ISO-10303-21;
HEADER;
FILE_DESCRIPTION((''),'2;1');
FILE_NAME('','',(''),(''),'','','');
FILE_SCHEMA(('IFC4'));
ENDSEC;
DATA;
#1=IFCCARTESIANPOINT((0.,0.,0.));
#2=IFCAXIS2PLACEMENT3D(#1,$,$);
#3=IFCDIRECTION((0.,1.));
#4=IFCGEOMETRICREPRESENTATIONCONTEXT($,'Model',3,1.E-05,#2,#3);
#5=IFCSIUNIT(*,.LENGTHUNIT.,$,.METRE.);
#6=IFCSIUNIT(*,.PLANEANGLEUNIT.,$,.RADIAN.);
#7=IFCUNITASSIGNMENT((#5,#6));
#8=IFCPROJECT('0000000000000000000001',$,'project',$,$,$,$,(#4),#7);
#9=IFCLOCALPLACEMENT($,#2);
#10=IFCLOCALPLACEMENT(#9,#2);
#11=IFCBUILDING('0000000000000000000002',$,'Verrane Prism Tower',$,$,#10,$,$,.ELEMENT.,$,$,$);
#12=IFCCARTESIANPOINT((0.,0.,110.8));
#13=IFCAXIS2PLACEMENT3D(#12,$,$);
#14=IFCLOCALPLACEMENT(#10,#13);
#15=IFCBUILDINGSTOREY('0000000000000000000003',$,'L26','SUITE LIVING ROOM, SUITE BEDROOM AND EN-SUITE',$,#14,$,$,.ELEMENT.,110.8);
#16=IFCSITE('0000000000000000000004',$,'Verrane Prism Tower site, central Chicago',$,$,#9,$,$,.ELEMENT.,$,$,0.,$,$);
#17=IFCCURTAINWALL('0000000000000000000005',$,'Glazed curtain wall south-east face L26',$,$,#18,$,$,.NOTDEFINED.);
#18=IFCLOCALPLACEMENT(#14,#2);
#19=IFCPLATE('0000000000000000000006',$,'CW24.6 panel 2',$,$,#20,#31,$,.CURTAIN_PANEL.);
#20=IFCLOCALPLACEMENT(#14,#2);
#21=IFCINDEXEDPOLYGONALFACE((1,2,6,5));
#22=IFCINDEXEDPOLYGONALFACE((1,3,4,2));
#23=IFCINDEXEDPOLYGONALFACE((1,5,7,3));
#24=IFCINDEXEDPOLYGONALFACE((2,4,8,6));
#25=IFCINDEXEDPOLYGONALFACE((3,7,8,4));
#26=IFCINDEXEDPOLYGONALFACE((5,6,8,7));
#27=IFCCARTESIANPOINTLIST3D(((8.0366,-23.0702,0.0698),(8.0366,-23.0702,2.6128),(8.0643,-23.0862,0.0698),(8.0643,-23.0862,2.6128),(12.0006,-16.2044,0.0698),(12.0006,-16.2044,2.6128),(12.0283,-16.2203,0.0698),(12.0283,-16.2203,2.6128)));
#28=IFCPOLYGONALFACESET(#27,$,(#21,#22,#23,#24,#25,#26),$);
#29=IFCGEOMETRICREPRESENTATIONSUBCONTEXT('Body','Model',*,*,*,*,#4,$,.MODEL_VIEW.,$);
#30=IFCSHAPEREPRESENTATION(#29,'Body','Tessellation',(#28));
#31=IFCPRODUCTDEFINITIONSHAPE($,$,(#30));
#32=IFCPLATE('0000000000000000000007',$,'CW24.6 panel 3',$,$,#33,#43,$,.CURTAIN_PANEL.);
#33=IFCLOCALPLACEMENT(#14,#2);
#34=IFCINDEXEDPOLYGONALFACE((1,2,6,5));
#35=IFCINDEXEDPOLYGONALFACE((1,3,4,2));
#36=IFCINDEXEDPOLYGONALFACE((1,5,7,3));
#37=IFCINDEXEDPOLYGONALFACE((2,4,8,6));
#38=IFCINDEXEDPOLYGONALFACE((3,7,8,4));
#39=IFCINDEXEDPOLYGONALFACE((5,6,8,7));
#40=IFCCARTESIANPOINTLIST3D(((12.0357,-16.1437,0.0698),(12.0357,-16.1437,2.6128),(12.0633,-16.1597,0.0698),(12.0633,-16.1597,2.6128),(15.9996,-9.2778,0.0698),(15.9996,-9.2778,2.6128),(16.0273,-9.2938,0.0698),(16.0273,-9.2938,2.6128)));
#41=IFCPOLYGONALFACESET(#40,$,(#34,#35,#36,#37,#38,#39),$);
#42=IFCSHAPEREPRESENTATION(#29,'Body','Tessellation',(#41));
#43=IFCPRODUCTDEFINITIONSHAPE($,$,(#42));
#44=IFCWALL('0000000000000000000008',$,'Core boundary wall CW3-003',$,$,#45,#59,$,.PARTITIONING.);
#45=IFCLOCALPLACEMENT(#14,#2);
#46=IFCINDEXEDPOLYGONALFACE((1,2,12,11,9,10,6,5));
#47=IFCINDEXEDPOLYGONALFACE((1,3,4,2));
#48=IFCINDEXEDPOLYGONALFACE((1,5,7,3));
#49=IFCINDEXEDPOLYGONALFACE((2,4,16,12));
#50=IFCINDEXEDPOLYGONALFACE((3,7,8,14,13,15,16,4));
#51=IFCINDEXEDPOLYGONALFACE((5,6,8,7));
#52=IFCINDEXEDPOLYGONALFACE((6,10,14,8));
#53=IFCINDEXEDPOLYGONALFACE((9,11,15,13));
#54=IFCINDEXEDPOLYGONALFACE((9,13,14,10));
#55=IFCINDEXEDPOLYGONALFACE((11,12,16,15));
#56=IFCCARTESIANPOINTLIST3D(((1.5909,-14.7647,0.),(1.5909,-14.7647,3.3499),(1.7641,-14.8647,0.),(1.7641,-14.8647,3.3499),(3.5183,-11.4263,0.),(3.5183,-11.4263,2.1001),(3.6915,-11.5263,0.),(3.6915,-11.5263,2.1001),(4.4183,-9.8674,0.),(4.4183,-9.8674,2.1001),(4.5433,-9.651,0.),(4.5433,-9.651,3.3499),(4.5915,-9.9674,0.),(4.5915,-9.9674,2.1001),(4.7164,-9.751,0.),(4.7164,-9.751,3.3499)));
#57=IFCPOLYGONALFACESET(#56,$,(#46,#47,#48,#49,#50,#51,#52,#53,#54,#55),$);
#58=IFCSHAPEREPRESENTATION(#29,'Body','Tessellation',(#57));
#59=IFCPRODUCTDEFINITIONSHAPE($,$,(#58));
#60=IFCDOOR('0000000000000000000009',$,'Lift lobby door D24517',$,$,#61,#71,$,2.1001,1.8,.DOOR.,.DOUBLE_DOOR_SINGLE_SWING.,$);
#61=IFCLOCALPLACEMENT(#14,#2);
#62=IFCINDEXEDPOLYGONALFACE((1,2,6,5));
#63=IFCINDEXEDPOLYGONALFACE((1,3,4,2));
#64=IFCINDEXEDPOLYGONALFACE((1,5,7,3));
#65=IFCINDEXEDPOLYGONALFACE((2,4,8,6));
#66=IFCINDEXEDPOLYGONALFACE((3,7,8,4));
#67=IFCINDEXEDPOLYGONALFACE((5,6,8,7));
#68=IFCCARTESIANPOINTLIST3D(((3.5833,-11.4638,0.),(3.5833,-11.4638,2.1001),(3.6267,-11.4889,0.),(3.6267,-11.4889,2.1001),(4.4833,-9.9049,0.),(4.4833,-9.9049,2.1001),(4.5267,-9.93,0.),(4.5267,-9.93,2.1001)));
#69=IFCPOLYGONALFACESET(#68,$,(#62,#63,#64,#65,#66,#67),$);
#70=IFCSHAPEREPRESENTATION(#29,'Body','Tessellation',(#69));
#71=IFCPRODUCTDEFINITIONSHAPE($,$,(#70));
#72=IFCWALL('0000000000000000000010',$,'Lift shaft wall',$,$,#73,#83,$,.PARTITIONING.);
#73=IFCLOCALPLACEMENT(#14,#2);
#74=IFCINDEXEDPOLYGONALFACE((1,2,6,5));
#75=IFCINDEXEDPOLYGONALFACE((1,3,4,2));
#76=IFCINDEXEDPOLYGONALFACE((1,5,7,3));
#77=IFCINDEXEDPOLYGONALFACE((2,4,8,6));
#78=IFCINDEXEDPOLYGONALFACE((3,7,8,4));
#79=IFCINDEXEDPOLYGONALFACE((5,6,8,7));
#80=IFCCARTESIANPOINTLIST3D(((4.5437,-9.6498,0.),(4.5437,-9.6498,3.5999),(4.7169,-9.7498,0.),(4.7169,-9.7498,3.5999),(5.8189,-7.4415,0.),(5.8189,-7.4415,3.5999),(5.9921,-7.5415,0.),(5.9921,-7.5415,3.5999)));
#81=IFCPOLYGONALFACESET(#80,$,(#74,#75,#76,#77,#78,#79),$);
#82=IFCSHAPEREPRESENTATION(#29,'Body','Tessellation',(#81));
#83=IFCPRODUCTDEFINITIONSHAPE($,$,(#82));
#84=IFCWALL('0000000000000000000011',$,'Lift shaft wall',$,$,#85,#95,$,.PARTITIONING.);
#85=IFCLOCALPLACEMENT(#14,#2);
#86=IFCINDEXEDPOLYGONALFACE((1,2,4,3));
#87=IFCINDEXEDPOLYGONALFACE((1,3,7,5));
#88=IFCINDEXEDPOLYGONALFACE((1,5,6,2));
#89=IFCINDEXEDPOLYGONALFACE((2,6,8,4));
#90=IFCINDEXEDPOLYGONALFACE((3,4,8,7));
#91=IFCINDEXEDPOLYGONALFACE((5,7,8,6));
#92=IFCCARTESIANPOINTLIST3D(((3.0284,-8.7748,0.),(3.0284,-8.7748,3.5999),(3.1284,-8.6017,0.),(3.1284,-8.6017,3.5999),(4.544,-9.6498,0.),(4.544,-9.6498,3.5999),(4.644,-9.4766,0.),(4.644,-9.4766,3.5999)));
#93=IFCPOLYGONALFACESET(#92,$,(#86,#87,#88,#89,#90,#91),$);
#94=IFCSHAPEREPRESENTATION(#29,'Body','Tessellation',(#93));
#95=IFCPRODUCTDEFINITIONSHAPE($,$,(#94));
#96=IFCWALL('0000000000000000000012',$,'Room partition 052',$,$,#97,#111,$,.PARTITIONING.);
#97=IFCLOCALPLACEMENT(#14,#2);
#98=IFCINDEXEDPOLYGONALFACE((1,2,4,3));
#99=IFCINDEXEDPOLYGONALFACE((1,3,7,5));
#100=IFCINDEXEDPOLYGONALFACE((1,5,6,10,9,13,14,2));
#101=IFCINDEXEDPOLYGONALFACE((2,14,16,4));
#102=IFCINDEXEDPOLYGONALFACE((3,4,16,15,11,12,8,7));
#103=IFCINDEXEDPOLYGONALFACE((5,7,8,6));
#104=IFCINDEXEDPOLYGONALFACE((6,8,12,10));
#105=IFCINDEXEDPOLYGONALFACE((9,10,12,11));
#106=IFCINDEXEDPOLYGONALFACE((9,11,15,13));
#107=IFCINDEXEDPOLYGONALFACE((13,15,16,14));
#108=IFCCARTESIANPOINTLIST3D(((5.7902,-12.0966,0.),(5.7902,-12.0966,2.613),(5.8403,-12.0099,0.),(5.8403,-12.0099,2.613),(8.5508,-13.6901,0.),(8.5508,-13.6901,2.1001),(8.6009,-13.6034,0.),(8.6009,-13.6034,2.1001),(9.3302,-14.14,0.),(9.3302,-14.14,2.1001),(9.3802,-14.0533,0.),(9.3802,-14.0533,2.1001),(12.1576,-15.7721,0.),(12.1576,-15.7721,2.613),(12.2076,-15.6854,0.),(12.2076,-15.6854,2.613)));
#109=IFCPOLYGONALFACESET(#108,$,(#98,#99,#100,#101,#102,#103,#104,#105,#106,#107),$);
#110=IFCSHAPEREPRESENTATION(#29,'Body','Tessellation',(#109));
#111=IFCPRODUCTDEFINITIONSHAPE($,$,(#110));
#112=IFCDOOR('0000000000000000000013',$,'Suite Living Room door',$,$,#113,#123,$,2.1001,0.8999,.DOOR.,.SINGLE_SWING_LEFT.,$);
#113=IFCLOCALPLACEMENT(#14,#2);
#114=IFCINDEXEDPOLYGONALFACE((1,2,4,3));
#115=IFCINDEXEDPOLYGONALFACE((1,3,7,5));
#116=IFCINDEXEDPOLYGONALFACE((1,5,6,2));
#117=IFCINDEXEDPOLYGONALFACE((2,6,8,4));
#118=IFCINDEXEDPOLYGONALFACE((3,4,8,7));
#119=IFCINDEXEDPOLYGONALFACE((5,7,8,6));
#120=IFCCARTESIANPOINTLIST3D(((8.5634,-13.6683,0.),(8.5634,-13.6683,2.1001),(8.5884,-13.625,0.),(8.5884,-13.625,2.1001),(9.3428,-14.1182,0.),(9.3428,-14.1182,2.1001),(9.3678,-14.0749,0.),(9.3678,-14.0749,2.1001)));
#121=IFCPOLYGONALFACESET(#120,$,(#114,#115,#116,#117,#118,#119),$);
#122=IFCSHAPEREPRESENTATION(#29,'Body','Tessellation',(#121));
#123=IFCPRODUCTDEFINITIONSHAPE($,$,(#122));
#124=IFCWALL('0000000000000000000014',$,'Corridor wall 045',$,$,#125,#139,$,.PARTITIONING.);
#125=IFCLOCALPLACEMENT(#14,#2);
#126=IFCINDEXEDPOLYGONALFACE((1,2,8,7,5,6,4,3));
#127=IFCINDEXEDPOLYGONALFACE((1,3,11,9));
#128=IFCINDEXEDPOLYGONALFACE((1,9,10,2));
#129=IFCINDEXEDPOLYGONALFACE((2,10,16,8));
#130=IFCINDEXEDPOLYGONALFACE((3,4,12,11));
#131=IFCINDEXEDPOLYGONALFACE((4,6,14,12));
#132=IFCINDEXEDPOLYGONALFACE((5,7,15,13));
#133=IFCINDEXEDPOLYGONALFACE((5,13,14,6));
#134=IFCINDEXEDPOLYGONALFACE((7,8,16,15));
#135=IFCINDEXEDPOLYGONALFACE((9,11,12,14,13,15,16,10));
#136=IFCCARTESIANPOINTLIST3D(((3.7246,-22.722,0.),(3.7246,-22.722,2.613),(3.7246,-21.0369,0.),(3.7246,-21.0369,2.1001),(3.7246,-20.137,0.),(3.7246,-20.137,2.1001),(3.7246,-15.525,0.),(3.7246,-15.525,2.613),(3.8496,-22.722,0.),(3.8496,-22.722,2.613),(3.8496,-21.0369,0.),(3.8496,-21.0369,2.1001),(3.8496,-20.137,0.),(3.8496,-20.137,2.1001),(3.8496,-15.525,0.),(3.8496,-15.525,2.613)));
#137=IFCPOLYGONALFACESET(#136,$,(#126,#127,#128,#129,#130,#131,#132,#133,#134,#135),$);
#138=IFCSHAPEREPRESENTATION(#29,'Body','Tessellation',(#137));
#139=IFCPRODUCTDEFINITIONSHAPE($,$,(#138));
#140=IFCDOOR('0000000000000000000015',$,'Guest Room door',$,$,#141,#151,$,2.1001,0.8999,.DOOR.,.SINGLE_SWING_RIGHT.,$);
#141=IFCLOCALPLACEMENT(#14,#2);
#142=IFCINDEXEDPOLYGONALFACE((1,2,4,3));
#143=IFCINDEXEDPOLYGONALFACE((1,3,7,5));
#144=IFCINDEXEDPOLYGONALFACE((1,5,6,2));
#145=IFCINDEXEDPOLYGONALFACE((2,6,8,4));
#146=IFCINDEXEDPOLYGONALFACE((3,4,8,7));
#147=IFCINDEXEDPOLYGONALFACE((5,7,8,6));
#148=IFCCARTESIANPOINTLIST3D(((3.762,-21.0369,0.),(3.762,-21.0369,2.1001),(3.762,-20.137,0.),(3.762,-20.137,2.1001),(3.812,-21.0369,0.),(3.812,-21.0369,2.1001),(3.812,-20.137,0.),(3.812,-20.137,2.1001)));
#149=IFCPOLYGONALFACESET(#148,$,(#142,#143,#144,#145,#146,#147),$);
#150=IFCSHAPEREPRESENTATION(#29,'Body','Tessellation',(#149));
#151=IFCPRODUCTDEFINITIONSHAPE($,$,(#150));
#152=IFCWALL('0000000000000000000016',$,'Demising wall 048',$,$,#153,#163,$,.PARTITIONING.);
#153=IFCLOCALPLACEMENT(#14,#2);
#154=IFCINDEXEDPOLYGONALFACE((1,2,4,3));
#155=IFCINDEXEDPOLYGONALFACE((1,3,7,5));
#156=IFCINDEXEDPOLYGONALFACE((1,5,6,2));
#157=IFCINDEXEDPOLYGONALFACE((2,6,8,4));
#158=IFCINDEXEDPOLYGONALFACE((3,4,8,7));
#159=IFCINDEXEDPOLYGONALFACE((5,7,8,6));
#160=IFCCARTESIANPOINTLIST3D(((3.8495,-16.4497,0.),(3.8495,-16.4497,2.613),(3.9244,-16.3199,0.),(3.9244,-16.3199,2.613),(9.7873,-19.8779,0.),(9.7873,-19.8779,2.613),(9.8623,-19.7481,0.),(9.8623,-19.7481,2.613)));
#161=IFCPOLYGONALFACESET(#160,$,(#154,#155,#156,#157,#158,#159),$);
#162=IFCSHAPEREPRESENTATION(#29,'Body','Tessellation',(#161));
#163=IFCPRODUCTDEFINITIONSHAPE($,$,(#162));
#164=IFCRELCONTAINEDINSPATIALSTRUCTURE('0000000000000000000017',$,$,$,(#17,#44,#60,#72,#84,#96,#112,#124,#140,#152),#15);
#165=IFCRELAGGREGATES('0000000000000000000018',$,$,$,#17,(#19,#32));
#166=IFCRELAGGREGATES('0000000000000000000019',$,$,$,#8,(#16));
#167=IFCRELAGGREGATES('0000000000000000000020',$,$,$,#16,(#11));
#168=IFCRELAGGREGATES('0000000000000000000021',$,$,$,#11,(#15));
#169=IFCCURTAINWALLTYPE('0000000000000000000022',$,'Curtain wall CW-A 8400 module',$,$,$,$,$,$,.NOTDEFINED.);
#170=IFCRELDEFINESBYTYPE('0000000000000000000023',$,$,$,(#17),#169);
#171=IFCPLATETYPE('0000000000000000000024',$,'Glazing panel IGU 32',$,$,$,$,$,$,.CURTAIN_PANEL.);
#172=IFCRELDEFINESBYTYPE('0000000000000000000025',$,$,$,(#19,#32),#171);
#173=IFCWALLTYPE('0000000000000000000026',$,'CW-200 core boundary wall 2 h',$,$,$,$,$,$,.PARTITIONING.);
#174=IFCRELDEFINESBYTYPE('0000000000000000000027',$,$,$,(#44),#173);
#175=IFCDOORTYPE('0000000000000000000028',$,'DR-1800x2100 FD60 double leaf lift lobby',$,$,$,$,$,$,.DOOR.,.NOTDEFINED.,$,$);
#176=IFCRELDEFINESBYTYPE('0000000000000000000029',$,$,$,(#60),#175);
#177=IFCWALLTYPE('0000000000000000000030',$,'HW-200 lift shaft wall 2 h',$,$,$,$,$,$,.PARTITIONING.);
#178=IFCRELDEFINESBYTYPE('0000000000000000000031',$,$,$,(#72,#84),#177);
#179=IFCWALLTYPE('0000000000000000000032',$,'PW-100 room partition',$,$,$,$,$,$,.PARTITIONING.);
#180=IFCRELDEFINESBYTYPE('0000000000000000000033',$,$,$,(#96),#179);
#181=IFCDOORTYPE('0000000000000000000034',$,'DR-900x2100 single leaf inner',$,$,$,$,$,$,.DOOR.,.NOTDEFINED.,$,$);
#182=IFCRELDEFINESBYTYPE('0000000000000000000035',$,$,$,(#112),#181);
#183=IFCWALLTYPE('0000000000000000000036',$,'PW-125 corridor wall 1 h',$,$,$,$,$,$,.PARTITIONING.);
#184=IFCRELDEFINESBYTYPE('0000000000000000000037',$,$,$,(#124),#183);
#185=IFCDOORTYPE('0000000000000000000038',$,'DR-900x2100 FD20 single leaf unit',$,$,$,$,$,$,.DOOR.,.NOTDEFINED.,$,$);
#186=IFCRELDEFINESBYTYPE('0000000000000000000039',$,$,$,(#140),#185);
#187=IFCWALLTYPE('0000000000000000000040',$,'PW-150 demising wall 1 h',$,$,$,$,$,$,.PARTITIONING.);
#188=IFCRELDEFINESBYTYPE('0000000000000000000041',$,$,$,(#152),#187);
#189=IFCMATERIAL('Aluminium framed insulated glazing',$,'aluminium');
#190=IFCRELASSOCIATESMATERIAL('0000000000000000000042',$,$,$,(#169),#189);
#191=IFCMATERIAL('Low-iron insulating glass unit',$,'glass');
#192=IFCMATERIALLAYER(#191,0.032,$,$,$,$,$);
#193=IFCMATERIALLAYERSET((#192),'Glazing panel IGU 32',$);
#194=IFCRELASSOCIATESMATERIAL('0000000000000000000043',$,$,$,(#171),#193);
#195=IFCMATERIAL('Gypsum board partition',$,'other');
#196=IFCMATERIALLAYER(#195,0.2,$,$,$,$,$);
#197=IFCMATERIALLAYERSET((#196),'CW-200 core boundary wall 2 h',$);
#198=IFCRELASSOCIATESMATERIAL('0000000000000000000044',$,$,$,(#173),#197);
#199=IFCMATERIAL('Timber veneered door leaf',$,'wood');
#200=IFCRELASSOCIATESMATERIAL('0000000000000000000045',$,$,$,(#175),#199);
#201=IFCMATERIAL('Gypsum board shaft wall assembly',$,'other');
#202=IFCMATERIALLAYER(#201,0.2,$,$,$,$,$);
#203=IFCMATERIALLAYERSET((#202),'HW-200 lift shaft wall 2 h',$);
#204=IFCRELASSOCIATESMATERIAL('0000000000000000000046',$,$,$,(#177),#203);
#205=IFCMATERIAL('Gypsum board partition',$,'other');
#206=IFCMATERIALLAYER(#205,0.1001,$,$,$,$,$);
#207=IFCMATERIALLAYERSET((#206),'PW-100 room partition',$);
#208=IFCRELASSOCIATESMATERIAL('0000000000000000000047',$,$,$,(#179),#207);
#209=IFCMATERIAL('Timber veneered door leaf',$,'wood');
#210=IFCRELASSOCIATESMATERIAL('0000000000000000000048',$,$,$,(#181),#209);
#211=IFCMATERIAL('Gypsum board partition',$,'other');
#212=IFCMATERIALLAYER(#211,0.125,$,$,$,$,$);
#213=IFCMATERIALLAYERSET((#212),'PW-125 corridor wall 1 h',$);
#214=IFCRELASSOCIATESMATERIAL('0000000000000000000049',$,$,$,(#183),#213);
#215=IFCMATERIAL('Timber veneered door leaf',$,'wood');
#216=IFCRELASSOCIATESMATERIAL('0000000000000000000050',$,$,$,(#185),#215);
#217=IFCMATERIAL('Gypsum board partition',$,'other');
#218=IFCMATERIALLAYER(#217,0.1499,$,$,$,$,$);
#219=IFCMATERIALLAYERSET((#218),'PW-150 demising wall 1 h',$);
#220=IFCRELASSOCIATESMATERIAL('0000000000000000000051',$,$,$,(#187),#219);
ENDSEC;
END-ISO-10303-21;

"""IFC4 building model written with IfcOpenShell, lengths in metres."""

from ifc_helpers import new_model, si_unit, direction, frame, frame_2d, origin, origin_2d, place, context, subcontext, project, spatial, rectangle, extrude, material, layer, layer_set, type_object, element, fill, aggregate, save


model = new_model("IFC4")

# Units and contexts
model_context = context("Model", 3, precision=1e-05, world=origin(), true_north=direction((0.0, 1.0)))
body_context = subcontext(model_context, "Body", "Model", "MODEL_VIEW")
ifc_project = project(units=[si_unit("LENGTHUNIT", "METRE"), si_unit("PLANEANGLEUNIT", "RADIAN")], contexts=[model_context])

# Site, building, storey
site_placement = place(None, origin())
site = spatial("IfcSite", under=ifc_project, at=site_placement, Name="Verrane Prism Tower site, central Chicago", CompositionType="ELEMENT", RefElevation=0.0)
building_placement = place(site_placement, origin())
building = spatial("IfcBuilding", under=site, at=building_placement, Name="Verrane Prism Tower", CompositionType="ELEMENT")
storey_placement = place(building_placement, frame((0.0, 0.0, 110.8)))
storey = spatial("IfcBuildingStorey", under=building, at=storey_placement, Name="L26", Description="SUITE LIVING ROOM, SUITE BEDROOM AND EN-SUITE", CompositionType="ELEMENT", Elevation=110.8)

# Curtain wall
ifc_material_1 = material(Name="Aluminium framed insulated glazing", Category="aluminium")
curtain_wall_type = type_object("IfcCurtainWallType", Name="Curtain wall CW-A 8400 module", PredefinedType="NOTDEFINED", material=ifc_material_1)
curtain_wall_placement = place(storey_placement, origin())
curtain_wall = element("IfcCurtainWall", 1, at=curtain_wall_placement, inside=storey, type_object=curtain_wall_type, Name="Glazed curtain wall south-east face L26", PredefinedType="NOTDEFINED")

# Plates
ifc_material_2 = material(Name="Low-iron insulating glass unit", Category="glass")
ifc_layer_1 = layer(ifc_material_2, 0.032)
ifc_layer_set_1 = layer_set([ifc_layer_1], Name="Glazing panel IGU 32")
plate_type = type_object("IfcPlateType", Name="Glazing panel IGU 32", PredefinedType="CURTAIN_PANEL", material=ifc_layer_set_1)
plate_1_placement = place(storey_placement, frame((10.0325, -19.6453, 0.0698), z_axis=(0.0, 0.0, 1.0), x_axis=(0.5, 0.866025, 0.0)))
plate_1 = element("IfcPlate", 2, at=plate_1_placement, type_object=plate_type, Name="CW24.6 panel 2", PredefinedType="CURTAIN_PANEL", context=body_context, shape_type="SweptSolid", body=[
    extrude(rectangle(XDim=7.928, YDim=0.032, at=origin_2d()), origin(), (0.0, 0.0, 1.0), 2.543),
])
plate_2_placement = place(storey_placement, frame((14.0315, -12.7188, 0.0698), z_axis=(0.0, 0.0, 1.0), x_axis=(0.5, 0.866025, 0.0)))
plate_2 = element("IfcPlate", 3, at=plate_2_placement, type_object=plate_type, Name="CW24.6 panel 3", PredefinedType="CURTAIN_PANEL", context=body_context, shape_type="SweptSolid", body=[
    extrude(rectangle(XDim=7.928, YDim=0.032, at=origin_2d()), origin(), (0.0, 0.0, 1.0), 2.543),
])
aggregate(curtain_wall, [plate_1, plate_2])

# Wall, opening, door
ifc_material_3 = material(Name="Gypsum board partition", Category="other")
ifc_layer_2 = layer(ifc_material_3, 0.2)
ifc_layer_set_2 = layer_set([ifc_layer_2], Name="CW-200 core boundary wall 2 h")
wall_type_1 = type_object("IfcWallType", Name="CW-200 core boundary wall 2 h", PredefinedType="PARTITIONING", material=ifc_layer_set_2)
wall_1_placement = place(storey_placement, frame((1.6775, -14.8147, 0.0), z_axis=(0.0, 0.0, 1.0), x_axis=(0.499994, 0.866029, 0.0)))
wall_1 = element("IfcWall", 4, at=wall_1_placement, inside=storey, type_object=wall_type_1, Name="Core boundary wall CW3-003", PredefinedType="PARTITIONING", context=body_context, shape_type="SweptSolid", body=[
    extrude(rectangle(XDim=5.9048, YDim=0.2, at=frame_2d((2.9524, 0.0))), origin(), (0.0, 0.0, 1.0), 3.3499),
])
opening_1_placement = place(wall_1_placement, frame((3.855, 0.0, 0.0)))
opening_1 = element("IfcOpeningElement", 5, at=opening_1_placement, cuts=wall_1, PredefinedType="OPENING", context=body_context, shape_type="SweptSolid", body=[
    extrude(rectangle(XDim=1.8, YDim=2.1001, at=frame_2d((0.8999, 1.05))), frame((0.0, 0.1099, 0.0), z_axis=(0.0, -1.0, 0.0), x_axis=(1.0, 0.0, 0.0)), (0.0, 0.0, 1.0), 0.22),
])
ifc_material_4 = material(Name="Timber veneered door leaf", Category="wood")
door_type_1 = type_object("IfcDoorType", Name="DR-1800x2100 FD60 double leaf lift lobby", OperationType="NOTDEFINED", PredefinedType="DOOR", material=ifc_material_4)
door_1_placement = place(opening_1_placement, origin())
door_1 = element("IfcDoor", 6, at=door_1_placement, inside=storey, type_object=door_type_1, Name="Lift lobby door D24517", OperationType="DOUBLE_DOOR_SINGLE_SWING", OverallHeight=2.1001, OverallWidth=1.8, PredefinedType="DOOR", context=body_context, shape_type="SweptSolid", body=[
    extrude(rectangle(XDim=1.8, YDim=2.1001, at=frame_2d((0.8999, 1.05))), frame((0.0, 0.0249, 0.0), z_axis=(0.0, -1.0, 0.0), x_axis=(1.0, 0.0, 0.0)), (0.0, 0.0, 1.0), 0.05),
])
fill(opening_1, door_1)

# Walls
ifc_material_5 = material(Name="Gypsum board shaft wall assembly", Category="other")
ifc_layer_3 = layer(ifc_material_5, 0.2)
ifc_layer_set_3 = layer_set([ifc_layer_3], Name="HW-200 lift shaft wall 2 h")
wall_type_2 = type_object("IfcWallType", Name="HW-200 lift shaft wall 2 h", PredefinedType="PARTITIONING", material=ifc_layer_set_3)
wall_2_placement = place(storey_placement, frame((4.6304, -9.6997, 0.0), z_axis=(0.0, 0.0, 1.0), x_axis=(0.500062, 0.865989, 0.0)))
element("IfcWall", 7, at=wall_2_placement, inside=storey, type_object=wall_type_2, Name="Lift shaft wall", PredefinedType="PARTITIONING", context=body_context, shape_type="SweptSolid", body=[
    extrude(rectangle(XDim=2.55, YDim=0.2, at=frame_2d((1.2749, 0.0))), origin(), (0.0, 0.0, 1.0), 3.5999),
])
wall_3_placement = place(storey_placement, frame((4.594, -9.5632, 0.0), z_axis=(0.0, 0.0, 1.0), x_axis=(-0.866037, 0.49998, 0.0)))
element("IfcWall", 8, at=wall_3_placement, inside=storey, type_object=wall_type_2, Name="Lift shaft wall", PredefinedType="PARTITIONING", context=body_context, shape_type="SweptSolid", body=[
    extrude(rectangle(XDim=1.75, YDim=0.2, at=frame_2d((0.875, 0.0))), origin(), (0.0, 0.0, 1.0), 3.5999),
])

# Walls, openings, doors
ifc_material_6 = material(Name="Gypsum board partition", Category="other")
ifc_layer_4 = layer(ifc_material_6, 0.1001)
ifc_layer_set_4 = layer_set([ifc_layer_4], Name="PW-100 room partition")
wall_type_3 = type_object("IfcWallType", Name="PW-100 room partition", PredefinedType="PARTITIONING", material=ifc_layer_set_4)
wall_4_placement = place(storey_placement, frame((12.1826, -15.7288, 0.0), z_axis=(0.0, 0.0, 1.0), x_axis=(-0.866067, 0.499928, 0.0)))
wall_4 = element("IfcWall", 9, at=wall_4_placement, inside=storey, type_object=wall_type_3, Name="Room partition 052", PredefinedType="PARTITIONING", context=body_context, shape_type="SweptSolid", body=[
    extrude(rectangle(XDim=7.3521, YDim=0.1001, at=frame_2d((3.676, 0.0))), origin(), (0.0, 0.0, 1.0), 2.613),
])
opening_2_placement = place(wall_4_placement, frame((3.2646, 0.0, 0.0)))
opening_2 = element("IfcOpeningElement", 10, at=opening_2_placement, cuts=wall_4, PredefinedType="OPENING", context=body_context, shape_type="SweptSolid", body=[
    extrude(rectangle(XDim=0.8999, YDim=2.1001, at=frame_2d((0.45, 1.05))), frame((0.0, 0.0601, 0.0), z_axis=(0.0, -1.0, 0.0), x_axis=(1.0, 0.0, 0.0)), (0.0, 0.0, 1.0), 0.1201),
])
ifc_material_7 = material(Name="Timber veneered door leaf", Category="wood")
door_type_2 = type_object("IfcDoorType", Name="DR-900x2100 single leaf inner", OperationType="NOTDEFINED", PredefinedType="DOOR", material=ifc_material_7)
door_2_placement = place(opening_2_placement, origin())
door_2 = element("IfcDoor", 11, at=door_2_placement, inside=storey, type_object=door_type_2, Name="Suite Living Room door", OperationType="SINGLE_SWING_LEFT", OverallHeight=2.1001, OverallWidth=0.8999, PredefinedType="DOOR", context=body_context, shape_type="SweptSolid", body=[
    extrude(rectangle(XDim=0.8999, YDim=2.1001, at=frame_2d((0.45, 1.05))), frame((0.0, 0.0249, 0.0), z_axis=(0.0, -1.0, 0.0), x_axis=(1.0, 0.0, 0.0)), (0.0, 0.0, 1.0), 0.05),
])
fill(opening_2, door_2)
ifc_material_8 = material(Name="Gypsum board partition", Category="other")
ifc_layer_5 = layer(ifc_material_8, 0.125)
ifc_layer_set_5 = layer_set([ifc_layer_5], Name="PW-125 corridor wall 1 h")
wall_type_4 = type_object("IfcWallType", Name="PW-125 corridor wall 1 h", PredefinedType="PARTITIONING", material=ifc_layer_set_5)
wall_5_placement = place(storey_placement, frame((3.7871, -15.5249, 0.0), z_axis=(0.0, 0.0, 1.0), x_axis=(0.0, -1.0, 0.0)))
wall_5 = element("IfcWall", 12, at=wall_5_placement, inside=storey, type_object=wall_type_4, Name="Corridor wall 045", PredefinedType="PARTITIONING", context=body_context, shape_type="SweptSolid", body=[
    extrude(rectangle(XDim=7.197, YDim=0.125, at=frame_2d((3.5986, 0.0))), origin(), (0.0, 0.0, 1.0), 2.613),
])
opening_3_placement = place(wall_5_placement, frame((4.6121, 0.0, 0.0)))
opening_3 = element("IfcOpeningElement", 13, at=opening_3_placement, cuts=wall_5, PredefinedType="OPENING", context=body_context, shape_type="SweptSolid", body=[
    extrude(rectangle(XDim=0.8999, YDim=2.1001, at=frame_2d((0.45, 1.05))), frame((0.0, 0.0725, 0.0), z_axis=(0.0, -1.0, 0.0), x_axis=(1.0, 0.0, 0.0)), (0.0, 0.0, 1.0), 0.145),
])
ifc_material_9 = material(Name="Timber veneered door leaf", Category="wood")
door_type_3 = type_object("IfcDoorType", Name="DR-900x2100 FD20 single leaf unit", OperationType="NOTDEFINED", PredefinedType="DOOR", material=ifc_material_9)
door_3_placement = place(opening_3_placement, origin())
door_3 = element("IfcDoor", 14, at=door_3_placement, inside=storey, type_object=door_type_3, Name="Guest Room door", OperationType="SINGLE_SWING_RIGHT", OverallHeight=2.1001, OverallWidth=0.8999, PredefinedType="DOOR", context=body_context, shape_type="SweptSolid", body=[
    extrude(rectangle(XDim=0.8999, YDim=2.1001, at=frame_2d((0.45, 1.05))), frame((0.0, 0.0249, 0.0), z_axis=(0.0, -1.0, 0.0), x_axis=(1.0, 0.0, 0.0)), (0.0, 0.0, 1.0), 0.05),
])
fill(opening_3, door_3)

# Wall
ifc_material_10 = material(Name="Gypsum board partition", Category="other")
ifc_layer_6 = layer(ifc_material_10, 0.1499)
ifc_layer_set_6 = layer_set([ifc_layer_6], Name="PW-150 demising wall 1 h")
wall_type_5 = type_object("IfcWallType", Name="PW-150 demising wall 1 h", PredefinedType="PARTITIONING", material=ifc_layer_set_6)
wall_6_placement = place(storey_placement, frame((3.887, -16.3848, 0.0), z_axis=(0.0, 0.0, 1.0), x_axis=(0.866021, -0.500007, 0.0)))
element("IfcWall", 15, at=wall_6_placement, inside=storey, type_object=wall_type_5, Name="Demising wall 048", PredefinedType="PARTITIONING", context=body_context, shape_type="SweptSolid", body=[
    extrude(rectangle(XDim=6.8564, YDim=0.1499, at=frame_2d((3.4282, 0.0))), origin(), (0.0, 0.0, 1.0), 2.613),
])

save(model, "model.ifc")
